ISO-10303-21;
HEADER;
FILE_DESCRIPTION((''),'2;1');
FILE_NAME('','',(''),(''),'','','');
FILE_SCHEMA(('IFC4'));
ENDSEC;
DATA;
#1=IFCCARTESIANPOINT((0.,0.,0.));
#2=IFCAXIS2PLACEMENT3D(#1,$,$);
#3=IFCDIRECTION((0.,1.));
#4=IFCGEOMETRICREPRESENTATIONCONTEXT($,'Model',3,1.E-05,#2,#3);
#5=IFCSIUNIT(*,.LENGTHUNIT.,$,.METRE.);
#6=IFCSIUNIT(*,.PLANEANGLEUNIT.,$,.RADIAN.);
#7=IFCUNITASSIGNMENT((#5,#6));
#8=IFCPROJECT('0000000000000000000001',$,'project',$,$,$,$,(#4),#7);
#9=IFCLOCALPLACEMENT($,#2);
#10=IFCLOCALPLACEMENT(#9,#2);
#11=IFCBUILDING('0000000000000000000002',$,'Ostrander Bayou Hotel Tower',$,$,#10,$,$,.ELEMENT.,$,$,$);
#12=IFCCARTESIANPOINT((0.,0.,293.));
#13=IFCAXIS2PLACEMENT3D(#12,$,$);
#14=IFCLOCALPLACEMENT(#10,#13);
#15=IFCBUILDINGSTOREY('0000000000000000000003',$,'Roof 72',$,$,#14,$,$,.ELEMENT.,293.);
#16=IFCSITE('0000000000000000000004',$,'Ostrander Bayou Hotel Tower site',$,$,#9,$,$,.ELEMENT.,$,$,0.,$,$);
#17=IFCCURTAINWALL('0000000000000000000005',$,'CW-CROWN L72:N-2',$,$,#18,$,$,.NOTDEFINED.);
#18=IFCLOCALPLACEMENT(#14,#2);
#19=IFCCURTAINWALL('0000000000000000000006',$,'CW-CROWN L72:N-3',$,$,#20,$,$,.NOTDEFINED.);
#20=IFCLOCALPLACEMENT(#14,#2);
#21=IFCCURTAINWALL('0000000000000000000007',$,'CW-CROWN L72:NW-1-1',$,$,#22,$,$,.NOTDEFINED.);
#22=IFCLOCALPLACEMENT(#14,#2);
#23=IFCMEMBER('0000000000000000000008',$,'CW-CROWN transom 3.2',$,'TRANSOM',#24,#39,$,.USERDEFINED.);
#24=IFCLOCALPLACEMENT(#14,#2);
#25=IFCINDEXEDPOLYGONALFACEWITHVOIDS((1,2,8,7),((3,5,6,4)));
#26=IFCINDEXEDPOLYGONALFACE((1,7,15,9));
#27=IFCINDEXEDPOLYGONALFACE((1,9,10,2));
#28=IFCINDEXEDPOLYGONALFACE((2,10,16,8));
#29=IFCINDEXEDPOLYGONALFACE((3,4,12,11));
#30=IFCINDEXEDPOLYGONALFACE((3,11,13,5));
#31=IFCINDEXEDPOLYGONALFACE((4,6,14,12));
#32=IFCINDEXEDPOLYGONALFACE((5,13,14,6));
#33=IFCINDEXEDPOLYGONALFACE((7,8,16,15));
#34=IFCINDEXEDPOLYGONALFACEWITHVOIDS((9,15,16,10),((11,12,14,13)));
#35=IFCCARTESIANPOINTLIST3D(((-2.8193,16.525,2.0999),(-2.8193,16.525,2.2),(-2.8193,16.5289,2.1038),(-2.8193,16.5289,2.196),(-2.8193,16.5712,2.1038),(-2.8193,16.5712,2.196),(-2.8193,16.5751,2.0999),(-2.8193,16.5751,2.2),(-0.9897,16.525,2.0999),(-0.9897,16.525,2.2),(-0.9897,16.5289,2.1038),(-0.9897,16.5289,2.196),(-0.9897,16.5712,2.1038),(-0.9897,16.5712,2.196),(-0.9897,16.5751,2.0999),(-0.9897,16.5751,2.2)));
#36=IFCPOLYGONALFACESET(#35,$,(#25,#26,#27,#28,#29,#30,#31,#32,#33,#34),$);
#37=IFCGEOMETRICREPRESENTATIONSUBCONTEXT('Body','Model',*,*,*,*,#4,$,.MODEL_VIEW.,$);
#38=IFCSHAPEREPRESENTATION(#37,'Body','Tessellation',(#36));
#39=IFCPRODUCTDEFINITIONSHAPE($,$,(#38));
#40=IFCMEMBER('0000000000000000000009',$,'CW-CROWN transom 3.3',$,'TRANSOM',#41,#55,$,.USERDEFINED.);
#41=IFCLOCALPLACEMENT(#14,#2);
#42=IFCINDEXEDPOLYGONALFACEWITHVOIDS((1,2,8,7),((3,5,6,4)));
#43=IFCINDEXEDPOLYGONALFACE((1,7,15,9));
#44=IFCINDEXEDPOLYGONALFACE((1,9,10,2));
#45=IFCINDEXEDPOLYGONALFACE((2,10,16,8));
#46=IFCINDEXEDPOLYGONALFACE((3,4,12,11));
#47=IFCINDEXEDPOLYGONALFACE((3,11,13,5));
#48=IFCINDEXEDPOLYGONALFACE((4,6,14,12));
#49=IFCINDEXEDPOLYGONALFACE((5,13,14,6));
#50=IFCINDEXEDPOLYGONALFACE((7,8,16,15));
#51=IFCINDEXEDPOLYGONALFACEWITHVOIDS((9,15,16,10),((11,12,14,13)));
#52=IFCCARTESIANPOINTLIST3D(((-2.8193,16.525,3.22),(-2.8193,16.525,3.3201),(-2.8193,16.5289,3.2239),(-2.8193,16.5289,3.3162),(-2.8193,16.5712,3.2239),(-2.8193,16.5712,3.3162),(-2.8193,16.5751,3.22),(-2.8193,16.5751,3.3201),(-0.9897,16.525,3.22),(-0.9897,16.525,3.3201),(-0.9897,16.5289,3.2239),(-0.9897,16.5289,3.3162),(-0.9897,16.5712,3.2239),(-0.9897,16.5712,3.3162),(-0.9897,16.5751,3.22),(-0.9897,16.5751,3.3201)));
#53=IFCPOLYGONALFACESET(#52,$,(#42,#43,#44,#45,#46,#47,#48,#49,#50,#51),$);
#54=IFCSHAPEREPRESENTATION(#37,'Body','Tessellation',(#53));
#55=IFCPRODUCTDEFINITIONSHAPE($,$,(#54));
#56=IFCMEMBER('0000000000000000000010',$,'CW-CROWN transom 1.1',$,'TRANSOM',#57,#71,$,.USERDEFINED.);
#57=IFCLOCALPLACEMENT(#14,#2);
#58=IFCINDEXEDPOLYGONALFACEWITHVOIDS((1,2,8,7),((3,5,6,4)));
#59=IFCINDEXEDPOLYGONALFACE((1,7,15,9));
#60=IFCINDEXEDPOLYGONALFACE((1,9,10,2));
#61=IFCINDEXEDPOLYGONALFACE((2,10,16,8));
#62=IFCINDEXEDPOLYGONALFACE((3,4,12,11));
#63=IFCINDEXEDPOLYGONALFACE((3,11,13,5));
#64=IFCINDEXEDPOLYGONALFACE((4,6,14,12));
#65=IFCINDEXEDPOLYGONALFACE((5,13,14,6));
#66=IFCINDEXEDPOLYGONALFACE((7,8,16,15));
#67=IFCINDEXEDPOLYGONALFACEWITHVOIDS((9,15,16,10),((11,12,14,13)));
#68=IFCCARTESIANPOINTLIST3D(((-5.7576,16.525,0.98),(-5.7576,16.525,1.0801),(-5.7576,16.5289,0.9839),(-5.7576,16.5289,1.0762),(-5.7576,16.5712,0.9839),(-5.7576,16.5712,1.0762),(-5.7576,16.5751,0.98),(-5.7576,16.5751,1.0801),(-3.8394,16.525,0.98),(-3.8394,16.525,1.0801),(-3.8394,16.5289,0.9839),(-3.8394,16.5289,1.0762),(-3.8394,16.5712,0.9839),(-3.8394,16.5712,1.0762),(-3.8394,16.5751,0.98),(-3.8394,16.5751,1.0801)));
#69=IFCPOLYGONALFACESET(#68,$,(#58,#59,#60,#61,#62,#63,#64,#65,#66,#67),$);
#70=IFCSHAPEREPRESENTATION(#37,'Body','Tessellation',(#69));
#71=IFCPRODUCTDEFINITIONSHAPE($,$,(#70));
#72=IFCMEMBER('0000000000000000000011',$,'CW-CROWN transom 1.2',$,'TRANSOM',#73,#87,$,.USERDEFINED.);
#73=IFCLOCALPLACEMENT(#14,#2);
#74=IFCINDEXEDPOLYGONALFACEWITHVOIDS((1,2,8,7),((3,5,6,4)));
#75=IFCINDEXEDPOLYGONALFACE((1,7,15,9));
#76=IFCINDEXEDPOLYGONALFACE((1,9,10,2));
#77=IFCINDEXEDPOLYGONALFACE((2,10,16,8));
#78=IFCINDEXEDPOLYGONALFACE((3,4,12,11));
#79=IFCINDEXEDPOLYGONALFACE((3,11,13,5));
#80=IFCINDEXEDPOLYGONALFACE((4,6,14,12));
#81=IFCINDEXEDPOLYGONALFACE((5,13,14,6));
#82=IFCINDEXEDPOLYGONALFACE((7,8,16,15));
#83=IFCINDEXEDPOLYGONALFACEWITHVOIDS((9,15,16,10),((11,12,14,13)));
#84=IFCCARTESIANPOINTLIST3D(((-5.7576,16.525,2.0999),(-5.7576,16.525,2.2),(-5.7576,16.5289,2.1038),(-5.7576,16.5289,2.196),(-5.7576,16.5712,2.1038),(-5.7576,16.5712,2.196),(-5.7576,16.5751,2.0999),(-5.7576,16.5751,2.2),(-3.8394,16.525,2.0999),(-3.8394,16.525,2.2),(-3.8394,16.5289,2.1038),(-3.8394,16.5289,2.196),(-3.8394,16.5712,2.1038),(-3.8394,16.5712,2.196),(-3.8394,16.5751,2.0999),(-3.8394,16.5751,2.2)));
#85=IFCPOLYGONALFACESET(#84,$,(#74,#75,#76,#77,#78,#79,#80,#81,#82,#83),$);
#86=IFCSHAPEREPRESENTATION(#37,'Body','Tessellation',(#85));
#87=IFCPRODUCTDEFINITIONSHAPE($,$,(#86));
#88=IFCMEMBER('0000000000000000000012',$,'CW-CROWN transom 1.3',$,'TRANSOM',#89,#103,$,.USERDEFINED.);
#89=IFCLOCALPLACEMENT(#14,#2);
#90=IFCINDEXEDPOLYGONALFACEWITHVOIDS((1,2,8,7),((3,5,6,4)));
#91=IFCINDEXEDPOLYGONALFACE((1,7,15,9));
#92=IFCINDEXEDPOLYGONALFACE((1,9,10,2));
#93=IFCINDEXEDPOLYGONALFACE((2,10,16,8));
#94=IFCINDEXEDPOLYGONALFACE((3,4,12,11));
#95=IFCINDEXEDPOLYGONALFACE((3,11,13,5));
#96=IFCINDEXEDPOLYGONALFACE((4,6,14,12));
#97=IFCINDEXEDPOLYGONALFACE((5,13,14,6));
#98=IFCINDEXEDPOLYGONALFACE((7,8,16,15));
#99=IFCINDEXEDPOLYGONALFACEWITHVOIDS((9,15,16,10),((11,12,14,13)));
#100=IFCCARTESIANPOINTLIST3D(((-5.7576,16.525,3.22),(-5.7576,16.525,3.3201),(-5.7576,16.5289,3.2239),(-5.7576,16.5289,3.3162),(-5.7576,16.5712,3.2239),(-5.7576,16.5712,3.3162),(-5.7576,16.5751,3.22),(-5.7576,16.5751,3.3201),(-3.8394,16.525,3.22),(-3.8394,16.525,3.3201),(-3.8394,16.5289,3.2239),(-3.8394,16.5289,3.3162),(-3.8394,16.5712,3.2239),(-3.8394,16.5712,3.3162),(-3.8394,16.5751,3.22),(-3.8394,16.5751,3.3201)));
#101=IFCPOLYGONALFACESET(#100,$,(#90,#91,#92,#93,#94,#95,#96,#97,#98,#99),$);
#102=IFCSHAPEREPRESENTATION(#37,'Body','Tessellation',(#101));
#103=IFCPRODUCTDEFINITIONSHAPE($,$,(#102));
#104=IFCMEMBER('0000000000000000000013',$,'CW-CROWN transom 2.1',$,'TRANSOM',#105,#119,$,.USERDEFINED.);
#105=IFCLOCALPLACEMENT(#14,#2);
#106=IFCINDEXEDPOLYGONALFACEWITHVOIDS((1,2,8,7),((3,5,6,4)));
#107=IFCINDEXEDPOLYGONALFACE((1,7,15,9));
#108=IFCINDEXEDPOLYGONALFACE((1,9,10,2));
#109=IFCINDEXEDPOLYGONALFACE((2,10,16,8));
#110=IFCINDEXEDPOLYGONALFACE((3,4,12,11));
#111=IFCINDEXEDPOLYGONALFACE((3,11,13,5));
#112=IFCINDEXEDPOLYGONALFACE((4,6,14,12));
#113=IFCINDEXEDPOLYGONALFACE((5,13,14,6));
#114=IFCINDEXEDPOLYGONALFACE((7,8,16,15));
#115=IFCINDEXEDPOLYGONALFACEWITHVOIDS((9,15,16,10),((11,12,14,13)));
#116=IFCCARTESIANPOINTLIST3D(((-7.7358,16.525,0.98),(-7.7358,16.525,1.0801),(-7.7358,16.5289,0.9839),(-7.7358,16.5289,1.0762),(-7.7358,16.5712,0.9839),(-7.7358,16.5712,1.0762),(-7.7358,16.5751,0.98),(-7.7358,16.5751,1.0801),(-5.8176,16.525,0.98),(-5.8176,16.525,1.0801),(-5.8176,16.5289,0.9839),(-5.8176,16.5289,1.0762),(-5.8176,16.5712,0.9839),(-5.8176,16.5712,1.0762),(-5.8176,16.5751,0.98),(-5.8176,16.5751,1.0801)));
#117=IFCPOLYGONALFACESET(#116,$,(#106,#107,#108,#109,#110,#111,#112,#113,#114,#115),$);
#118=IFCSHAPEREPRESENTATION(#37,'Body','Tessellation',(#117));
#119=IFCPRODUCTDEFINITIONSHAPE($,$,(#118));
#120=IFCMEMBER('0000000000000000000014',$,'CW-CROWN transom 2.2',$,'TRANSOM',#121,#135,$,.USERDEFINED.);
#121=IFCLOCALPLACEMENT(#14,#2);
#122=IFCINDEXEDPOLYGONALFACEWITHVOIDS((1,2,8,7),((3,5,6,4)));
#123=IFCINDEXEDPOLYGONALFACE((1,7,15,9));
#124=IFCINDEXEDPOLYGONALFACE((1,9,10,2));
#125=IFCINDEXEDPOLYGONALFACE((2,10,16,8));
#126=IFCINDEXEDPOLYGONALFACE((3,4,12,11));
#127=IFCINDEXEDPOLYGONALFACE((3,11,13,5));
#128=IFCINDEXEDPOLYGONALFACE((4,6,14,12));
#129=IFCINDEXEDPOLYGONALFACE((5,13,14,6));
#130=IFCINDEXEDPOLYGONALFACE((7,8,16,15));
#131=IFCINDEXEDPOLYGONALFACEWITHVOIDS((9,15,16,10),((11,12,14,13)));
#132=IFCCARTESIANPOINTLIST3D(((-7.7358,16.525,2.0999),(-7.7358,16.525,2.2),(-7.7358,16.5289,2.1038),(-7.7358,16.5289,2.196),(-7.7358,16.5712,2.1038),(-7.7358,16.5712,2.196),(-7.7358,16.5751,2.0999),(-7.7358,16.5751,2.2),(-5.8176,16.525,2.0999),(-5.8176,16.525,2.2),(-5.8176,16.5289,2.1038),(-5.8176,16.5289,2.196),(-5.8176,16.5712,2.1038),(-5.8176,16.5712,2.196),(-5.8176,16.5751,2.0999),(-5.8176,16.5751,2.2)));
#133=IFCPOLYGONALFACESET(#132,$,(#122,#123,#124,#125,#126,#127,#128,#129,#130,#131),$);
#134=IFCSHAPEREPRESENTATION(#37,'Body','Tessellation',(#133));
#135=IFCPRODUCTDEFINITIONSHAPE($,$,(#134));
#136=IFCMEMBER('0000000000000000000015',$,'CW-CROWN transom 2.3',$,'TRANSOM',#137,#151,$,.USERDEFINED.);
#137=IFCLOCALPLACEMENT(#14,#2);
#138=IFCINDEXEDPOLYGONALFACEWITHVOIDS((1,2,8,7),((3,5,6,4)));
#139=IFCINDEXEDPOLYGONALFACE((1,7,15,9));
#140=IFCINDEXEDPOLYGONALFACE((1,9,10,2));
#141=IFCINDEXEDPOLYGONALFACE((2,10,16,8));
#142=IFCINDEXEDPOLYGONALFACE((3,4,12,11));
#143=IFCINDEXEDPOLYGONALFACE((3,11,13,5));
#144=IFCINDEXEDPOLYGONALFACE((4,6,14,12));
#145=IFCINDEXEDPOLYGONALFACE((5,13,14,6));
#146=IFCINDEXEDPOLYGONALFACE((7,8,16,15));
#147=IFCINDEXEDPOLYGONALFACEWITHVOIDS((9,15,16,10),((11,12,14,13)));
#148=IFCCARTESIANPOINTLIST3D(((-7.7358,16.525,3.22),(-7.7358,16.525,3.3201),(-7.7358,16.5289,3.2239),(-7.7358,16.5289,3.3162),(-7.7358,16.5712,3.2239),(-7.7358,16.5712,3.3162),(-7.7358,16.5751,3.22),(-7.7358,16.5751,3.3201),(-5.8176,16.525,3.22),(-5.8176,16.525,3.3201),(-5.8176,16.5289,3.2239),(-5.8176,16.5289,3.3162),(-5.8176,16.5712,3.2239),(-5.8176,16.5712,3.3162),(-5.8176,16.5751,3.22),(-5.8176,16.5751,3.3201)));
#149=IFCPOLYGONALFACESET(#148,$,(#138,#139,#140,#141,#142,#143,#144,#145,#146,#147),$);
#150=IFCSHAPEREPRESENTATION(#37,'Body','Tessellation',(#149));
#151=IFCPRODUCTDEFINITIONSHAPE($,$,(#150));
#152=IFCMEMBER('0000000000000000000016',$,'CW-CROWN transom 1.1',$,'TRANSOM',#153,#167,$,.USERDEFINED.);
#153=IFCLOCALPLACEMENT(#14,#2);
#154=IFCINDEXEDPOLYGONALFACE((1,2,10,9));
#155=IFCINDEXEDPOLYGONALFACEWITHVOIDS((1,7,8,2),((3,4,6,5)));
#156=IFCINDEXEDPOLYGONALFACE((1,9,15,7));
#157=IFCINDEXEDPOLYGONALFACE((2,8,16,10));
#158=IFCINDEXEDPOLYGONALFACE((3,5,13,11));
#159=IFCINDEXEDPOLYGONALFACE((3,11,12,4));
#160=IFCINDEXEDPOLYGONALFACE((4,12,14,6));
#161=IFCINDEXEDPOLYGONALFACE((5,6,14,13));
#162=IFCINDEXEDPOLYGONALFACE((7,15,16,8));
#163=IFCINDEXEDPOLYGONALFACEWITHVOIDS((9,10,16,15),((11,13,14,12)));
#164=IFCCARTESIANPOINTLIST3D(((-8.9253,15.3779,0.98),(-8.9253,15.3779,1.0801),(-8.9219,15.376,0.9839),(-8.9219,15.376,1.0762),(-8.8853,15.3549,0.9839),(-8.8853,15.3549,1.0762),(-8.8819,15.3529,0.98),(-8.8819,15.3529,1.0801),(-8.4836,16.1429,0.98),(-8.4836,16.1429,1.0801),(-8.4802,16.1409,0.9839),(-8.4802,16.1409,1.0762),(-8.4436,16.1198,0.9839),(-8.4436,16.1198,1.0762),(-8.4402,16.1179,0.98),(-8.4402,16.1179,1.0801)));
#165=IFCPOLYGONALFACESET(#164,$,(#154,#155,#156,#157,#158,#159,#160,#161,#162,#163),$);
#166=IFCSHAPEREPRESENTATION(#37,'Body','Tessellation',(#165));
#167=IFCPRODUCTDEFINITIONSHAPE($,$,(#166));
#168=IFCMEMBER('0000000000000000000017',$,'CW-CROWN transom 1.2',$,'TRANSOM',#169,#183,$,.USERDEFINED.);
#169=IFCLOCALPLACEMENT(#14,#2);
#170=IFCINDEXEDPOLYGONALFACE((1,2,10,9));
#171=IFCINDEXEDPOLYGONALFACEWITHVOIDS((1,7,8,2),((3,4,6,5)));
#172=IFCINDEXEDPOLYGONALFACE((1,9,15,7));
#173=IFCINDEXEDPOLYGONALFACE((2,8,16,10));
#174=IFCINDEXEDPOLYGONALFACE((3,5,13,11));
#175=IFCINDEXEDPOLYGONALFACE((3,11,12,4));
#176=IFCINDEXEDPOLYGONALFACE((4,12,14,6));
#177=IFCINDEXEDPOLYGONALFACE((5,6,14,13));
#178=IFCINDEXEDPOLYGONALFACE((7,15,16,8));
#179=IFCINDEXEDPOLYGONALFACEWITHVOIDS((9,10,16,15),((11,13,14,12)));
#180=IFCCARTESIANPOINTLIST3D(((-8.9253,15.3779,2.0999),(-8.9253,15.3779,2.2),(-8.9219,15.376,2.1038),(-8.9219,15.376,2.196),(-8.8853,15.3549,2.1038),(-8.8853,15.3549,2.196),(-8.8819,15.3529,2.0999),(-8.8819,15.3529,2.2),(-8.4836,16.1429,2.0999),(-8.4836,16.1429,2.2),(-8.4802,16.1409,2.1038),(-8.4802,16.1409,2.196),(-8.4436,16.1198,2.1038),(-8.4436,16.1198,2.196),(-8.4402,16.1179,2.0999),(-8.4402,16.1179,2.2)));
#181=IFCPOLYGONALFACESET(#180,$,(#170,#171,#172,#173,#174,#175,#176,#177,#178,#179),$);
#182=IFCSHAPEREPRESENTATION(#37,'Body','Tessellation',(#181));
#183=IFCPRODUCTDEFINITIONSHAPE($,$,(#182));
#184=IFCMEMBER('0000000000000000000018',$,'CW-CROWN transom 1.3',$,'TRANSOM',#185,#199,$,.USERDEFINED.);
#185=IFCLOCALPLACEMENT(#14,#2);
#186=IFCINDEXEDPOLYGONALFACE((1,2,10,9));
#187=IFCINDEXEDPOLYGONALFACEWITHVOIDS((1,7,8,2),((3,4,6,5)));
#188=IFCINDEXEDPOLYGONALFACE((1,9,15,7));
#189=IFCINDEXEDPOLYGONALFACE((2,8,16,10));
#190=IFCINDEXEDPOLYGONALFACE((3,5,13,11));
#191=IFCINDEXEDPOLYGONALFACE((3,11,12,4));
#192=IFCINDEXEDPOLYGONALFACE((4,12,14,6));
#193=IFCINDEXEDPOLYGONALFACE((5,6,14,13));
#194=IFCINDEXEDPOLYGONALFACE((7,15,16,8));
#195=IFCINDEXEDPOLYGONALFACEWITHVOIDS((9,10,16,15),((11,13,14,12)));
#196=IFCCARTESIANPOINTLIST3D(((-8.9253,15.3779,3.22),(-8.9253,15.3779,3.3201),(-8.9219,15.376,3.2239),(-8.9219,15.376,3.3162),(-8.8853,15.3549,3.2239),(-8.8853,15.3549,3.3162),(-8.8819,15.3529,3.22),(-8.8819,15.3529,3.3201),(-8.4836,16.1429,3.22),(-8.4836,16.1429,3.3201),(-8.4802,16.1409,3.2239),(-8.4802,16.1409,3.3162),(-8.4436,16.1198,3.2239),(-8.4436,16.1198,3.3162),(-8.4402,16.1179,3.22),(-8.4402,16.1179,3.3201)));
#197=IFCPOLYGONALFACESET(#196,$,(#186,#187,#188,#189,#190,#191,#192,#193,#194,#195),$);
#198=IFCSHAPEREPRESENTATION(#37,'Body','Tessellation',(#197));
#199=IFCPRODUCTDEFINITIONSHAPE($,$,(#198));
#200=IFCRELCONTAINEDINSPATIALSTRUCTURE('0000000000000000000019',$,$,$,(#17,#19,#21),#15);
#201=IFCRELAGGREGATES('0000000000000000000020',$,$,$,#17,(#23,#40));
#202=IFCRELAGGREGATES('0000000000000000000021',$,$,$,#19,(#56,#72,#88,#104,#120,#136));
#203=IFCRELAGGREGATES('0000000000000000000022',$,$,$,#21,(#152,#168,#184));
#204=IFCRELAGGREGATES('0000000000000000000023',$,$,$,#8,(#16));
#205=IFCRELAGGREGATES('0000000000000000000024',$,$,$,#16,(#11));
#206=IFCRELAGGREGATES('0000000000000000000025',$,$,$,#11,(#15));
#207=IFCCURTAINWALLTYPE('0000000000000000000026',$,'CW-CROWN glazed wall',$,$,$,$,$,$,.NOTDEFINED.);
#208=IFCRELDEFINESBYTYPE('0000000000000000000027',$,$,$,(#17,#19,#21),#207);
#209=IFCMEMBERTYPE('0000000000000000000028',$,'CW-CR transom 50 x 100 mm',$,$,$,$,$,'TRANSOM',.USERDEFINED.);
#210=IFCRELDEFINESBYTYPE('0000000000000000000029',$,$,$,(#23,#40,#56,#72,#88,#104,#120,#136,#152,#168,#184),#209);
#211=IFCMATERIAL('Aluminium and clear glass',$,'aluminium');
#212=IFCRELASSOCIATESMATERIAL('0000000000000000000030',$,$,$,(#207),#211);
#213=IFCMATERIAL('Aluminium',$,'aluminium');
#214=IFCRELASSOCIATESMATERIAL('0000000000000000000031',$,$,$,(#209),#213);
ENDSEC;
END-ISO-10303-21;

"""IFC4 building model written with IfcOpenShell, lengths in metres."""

from ifc_helpers import new_model, si_unit, direction, frame, origin, origin_2d, place, context, subcontext, project, spatial, hollow_rectangle, extrude, material, material_profile, profile_set, type_object, element, aggregate, save


model = new_model("IFC4")

# Units and contexts
model_context = context("Model", 3, precision=1e-05, world=origin(), true_north=direction((0.0, 1.0)))
body_context = subcontext(model_context, "Body", "Model", "MODEL_VIEW")
ifc_project = project(units=[si_unit("LENGTHUNIT", "METRE"), si_unit("PLANEANGLEUNIT", "RADIAN")], contexts=[model_context])

# Site, building, storey
site_placement = place(None, origin())
site = spatial("IfcSite", under=ifc_project, at=site_placement, Name="Ostrander Bayou Hotel Tower site", CompositionType="ELEMENT", RefElevation=0.0)
building_placement = place(site_placement, origin())
building = spatial("IfcBuilding", under=site, at=building_placement, Name="Ostrander Bayou Hotel Tower", CompositionType="ELEMENT")
storey_placement = place(building_placement, frame((0.0, 0.0, 293.0)))
storey = spatial("IfcBuildingStorey", under=building, at=storey_placement, Name="Roof 72", CompositionType="ELEMENT", Elevation=293.0)

# Curtain walls
ifc_material_1 = material(Name="Aluminium and clear glass", Category="aluminium")
curtain_wall_type = type_object("IfcCurtainWallType", Name="CW-CROWN glazed wall", PredefinedType="NOTDEFINED", material=ifc_material_1)
curtain_wall_1_placement = place(storey_placement, origin())
curtain_wall_1 = element("IfcCurtainWall", 1, at=curtain_wall_1_placement, inside=storey, type_object=curtain_wall_type, Name="CW-CROWN L72:N-2", PredefinedType="NOTDEFINED")
curtain_wall_2_placement = place(storey_placement, origin())
curtain_wall_2 = element("IfcCurtainWall", 2, at=curtain_wall_2_placement, inside=storey, type_object=curtain_wall_type, Name="CW-CROWN L72:N-3", PredefinedType="NOTDEFINED")

# Curtain wall
curtain_wall_3_placement = place(storey_placement, origin())
curtain_wall_3 = element("IfcCurtainWall", 3, at=curtain_wall_3_placement, inside=storey, type_object=curtain_wall_type, Name="CW-CROWN L72:NW-1-1", PredefinedType="NOTDEFINED")

# Members
ifc_material_2 = material(Name="Aluminium", Category="aluminium")
ifc_material_profile_1 = material_profile(ifc_material_2, hollow_rectangle(XDim=0.05, YDim=0.1001, WallThickness=0.0039, at=origin_2d()))
ifc_profile_set_1 = profile_set([ifc_material_profile_1], Name="Aluminium")
member_type_1 = type_object("IfcMemberType", Name="CW-CR transom 50 x 100 mm", ElementType="TRANSOM", PredefinedType="USERDEFINED", material=ifc_profile_set_1)
member_1_placement = place(storey_placement, frame((-0.9897, 16.55, 2.1499), z_axis=(-1.0, 0.0, 0.0), x_axis=(0.0, -1.0, 0.0)))
member_1 = element("IfcMember", 4, at=member_1_placement, type_object=member_type_1, Name="CW-CROWN transom 3.2", ObjectType="TRANSOM", PredefinedType="USERDEFINED", context=body_context, shape_type="SweptSolid", body=[
    extrude(hollow_rectangle(XDim=0.05, YDim=0.1001, WallThickness=0.0039, at=origin_2d()), origin(), (0.0, 0.0, 1.0), 1.8296),
])
member_2_placement = place(storey_placement, frame((-0.9897, 16.55, 3.27), z_axis=(-1.0, 0.0, 0.0), x_axis=(0.0, -1.0, 0.0)))
member_2 = element("IfcMember", 5, at=member_2_placement, type_object=member_type_1, Name="CW-CROWN transom 3.3", ObjectType="TRANSOM", PredefinedType="USERDEFINED", context=body_context, shape_type="SweptSolid", body=[
    extrude(hollow_rectangle(XDim=0.05, YDim=0.1001, WallThickness=0.0039, at=origin_2d()), origin(), (0.0, 0.0, 1.0), 1.8296),
])
member_3_placement = place(storey_placement, frame((-3.8394, 16.55, 1.03), z_axis=(-1.0, 0.0, 0.0), x_axis=(0.0, -1.0, 0.0)))
member_3 = element("IfcMember", 6, at=member_3_placement, type_object=member_type_1, Name="CW-CROWN transom 1.1", ObjectType="TRANSOM", PredefinedType="USERDEFINED", context=body_context, shape_type="SweptSolid", body=[
    extrude(hollow_rectangle(XDim=0.05, YDim=0.1001, WallThickness=0.0039, at=origin_2d()), origin(), (0.0, 0.0, 1.0), 1.9182),
])
member_4_placement = place(storey_placement, frame((-3.8394, 16.55, 2.1499), z_axis=(-1.0, 0.0, 0.0), x_axis=(0.0, -1.0, 0.0)))
member_4 = element("IfcMember", 7, at=member_4_placement, type_object=member_type_1, Name="CW-CROWN transom 1.2", ObjectType="TRANSOM", PredefinedType="USERDEFINED", context=body_context, shape_type="SweptSolid", body=[
    extrude(hollow_rectangle(XDim=0.05, YDim=0.1001, WallThickness=0.0039, at=origin_2d()), origin(), (0.0, 0.0, 1.0), 1.9182),
])
member_5_placement = place(storey_placement, frame((-3.8394, 16.55, 3.27), z_axis=(-1.0, 0.0, 0.0), x_axis=(0.0, -1.0, 0.0)))
member_5 = element("IfcMember", 8, at=member_5_placement, type_object=member_type_1, Name="CW-CROWN transom 1.3", ObjectType="TRANSOM", PredefinedType="USERDEFINED", context=body_context, shape_type="SweptSolid", body=[
    extrude(hollow_rectangle(XDim=0.05, YDim=0.1001, WallThickness=0.0039, at=origin_2d()), origin(), (0.0, 0.0, 1.0), 1.9182),
])
member_6_placement = place(storey_placement, frame((-5.8176, 16.55, 1.03), z_axis=(-1.0, 0.0, 0.0), x_axis=(0.0, -1.0, 0.0)))
member_6 = element("IfcMember", 9, at=member_6_placement, type_object=member_type_1, Name="CW-CROWN transom 2.1", ObjectType="TRANSOM", PredefinedType="USERDEFINED", context=body_context, shape_type="SweptSolid", body=[
    extrude(hollow_rectangle(XDim=0.05, YDim=0.1001, WallThickness=0.0039, at=origin_2d()), origin(), (0.0, 0.0, 1.0), 1.9182),
])
member_7_placement = place(storey_placement, frame((-5.8176, 16.55, 2.1499), z_axis=(-1.0, 0.0, 0.0), x_axis=(0.0, -1.0, 0.0)))
member_7 = element("IfcMember", 10, at=member_7_placement, type_object=member_type_1, Name="CW-CROWN transom 2.2", ObjectType="TRANSOM", PredefinedType="USERDEFINED", context=body_context, shape_type="SweptSolid", body=[
    extrude(hollow_rectangle(XDim=0.05, YDim=0.1001, WallThickness=0.0039, at=origin_2d()), origin(), (0.0, 0.0, 1.0), 1.9182),
])
member_8_placement = place(storey_placement, frame((-5.8176, 16.55, 3.27), z_axis=(-1.0, 0.0, 0.0), x_axis=(0.0, -1.0, 0.0)))
member_8 = element("IfcMember", 11, at=member_8_placement, type_object=member_type_1, Name="CW-CROWN transom 2.3", ObjectType="TRANSOM", PredefinedType="USERDEFINED", context=body_context, shape_type="SweptSolid", body=[
    extrude(hollow_rectangle(XDim=0.05, YDim=0.1001, WallThickness=0.0039, at=origin_2d()), origin(), (0.0, 0.0, 1.0), 1.9182),
])
member_9_placement = place(storey_placement, frame((-8.4619, 16.1304, 1.03), z_axis=(-0.500034, -0.866006, 0.0), x_axis=(0.866006, -0.500034, 0.0)))
member_9 = element("IfcMember", 12, at=member_9_placement, type_object=member_type_1, Name="CW-CROWN transom 1.1", ObjectType="TRANSOM", PredefinedType="USERDEFINED", context=body_context, shape_type="SweptSolid", body=[
    extrude(hollow_rectangle(XDim=0.05, YDim=0.1001, WallThickness=0.0039, at=origin_2d()), origin(), (0.0, 0.0, 1.0), 0.8833),
])
member_10_placement = place(storey_placement, frame((-8.4619, 16.1304, 2.1499), z_axis=(-0.500034, -0.866006, 0.0), x_axis=(0.866006, -0.500034, 0.0)))
member_10 = element("IfcMember", 13, at=member_10_placement, type_object=member_type_1, Name="CW-CROWN transom 1.2", ObjectType="TRANSOM", PredefinedType="USERDEFINED", context=body_context, shape_type="SweptSolid", body=[
    extrude(hollow_rectangle(XDim=0.05, YDim=0.1001, WallThickness=0.0039, at=origin_2d()), origin(), (0.0, 0.0, 1.0), 0.8833),
])
member_11_placement = place(storey_placement, frame((-8.4619, 16.1304, 3.27), z_axis=(-0.500034, -0.866006, 0.0), x_axis=(0.866006, -0.500034, 0.0)))
member_11 = element("IfcMember", 14, at=member_11_placement, type_object=member_type_1, Name="CW-CROWN transom 1.3", ObjectType="TRANSOM", PredefinedType="USERDEFINED", context=body_context, shape_type="SweptSolid", body=[
    extrude(hollow_rectangle(XDim=0.05, YDim=0.1001, WallThickness=0.0039, at=origin_2d()), origin(), (0.0, 0.0, 1.0), 0.8833),
])

aggregate(curtain_wall_1, [member_1, member_2])
aggregate(curtain_wall_2, [member_3, member_4, member_5, member_6, member_7, member_8])
aggregate(curtain_wall_3, [member_9, member_10, member_11])

save(model, "model.ifc")
